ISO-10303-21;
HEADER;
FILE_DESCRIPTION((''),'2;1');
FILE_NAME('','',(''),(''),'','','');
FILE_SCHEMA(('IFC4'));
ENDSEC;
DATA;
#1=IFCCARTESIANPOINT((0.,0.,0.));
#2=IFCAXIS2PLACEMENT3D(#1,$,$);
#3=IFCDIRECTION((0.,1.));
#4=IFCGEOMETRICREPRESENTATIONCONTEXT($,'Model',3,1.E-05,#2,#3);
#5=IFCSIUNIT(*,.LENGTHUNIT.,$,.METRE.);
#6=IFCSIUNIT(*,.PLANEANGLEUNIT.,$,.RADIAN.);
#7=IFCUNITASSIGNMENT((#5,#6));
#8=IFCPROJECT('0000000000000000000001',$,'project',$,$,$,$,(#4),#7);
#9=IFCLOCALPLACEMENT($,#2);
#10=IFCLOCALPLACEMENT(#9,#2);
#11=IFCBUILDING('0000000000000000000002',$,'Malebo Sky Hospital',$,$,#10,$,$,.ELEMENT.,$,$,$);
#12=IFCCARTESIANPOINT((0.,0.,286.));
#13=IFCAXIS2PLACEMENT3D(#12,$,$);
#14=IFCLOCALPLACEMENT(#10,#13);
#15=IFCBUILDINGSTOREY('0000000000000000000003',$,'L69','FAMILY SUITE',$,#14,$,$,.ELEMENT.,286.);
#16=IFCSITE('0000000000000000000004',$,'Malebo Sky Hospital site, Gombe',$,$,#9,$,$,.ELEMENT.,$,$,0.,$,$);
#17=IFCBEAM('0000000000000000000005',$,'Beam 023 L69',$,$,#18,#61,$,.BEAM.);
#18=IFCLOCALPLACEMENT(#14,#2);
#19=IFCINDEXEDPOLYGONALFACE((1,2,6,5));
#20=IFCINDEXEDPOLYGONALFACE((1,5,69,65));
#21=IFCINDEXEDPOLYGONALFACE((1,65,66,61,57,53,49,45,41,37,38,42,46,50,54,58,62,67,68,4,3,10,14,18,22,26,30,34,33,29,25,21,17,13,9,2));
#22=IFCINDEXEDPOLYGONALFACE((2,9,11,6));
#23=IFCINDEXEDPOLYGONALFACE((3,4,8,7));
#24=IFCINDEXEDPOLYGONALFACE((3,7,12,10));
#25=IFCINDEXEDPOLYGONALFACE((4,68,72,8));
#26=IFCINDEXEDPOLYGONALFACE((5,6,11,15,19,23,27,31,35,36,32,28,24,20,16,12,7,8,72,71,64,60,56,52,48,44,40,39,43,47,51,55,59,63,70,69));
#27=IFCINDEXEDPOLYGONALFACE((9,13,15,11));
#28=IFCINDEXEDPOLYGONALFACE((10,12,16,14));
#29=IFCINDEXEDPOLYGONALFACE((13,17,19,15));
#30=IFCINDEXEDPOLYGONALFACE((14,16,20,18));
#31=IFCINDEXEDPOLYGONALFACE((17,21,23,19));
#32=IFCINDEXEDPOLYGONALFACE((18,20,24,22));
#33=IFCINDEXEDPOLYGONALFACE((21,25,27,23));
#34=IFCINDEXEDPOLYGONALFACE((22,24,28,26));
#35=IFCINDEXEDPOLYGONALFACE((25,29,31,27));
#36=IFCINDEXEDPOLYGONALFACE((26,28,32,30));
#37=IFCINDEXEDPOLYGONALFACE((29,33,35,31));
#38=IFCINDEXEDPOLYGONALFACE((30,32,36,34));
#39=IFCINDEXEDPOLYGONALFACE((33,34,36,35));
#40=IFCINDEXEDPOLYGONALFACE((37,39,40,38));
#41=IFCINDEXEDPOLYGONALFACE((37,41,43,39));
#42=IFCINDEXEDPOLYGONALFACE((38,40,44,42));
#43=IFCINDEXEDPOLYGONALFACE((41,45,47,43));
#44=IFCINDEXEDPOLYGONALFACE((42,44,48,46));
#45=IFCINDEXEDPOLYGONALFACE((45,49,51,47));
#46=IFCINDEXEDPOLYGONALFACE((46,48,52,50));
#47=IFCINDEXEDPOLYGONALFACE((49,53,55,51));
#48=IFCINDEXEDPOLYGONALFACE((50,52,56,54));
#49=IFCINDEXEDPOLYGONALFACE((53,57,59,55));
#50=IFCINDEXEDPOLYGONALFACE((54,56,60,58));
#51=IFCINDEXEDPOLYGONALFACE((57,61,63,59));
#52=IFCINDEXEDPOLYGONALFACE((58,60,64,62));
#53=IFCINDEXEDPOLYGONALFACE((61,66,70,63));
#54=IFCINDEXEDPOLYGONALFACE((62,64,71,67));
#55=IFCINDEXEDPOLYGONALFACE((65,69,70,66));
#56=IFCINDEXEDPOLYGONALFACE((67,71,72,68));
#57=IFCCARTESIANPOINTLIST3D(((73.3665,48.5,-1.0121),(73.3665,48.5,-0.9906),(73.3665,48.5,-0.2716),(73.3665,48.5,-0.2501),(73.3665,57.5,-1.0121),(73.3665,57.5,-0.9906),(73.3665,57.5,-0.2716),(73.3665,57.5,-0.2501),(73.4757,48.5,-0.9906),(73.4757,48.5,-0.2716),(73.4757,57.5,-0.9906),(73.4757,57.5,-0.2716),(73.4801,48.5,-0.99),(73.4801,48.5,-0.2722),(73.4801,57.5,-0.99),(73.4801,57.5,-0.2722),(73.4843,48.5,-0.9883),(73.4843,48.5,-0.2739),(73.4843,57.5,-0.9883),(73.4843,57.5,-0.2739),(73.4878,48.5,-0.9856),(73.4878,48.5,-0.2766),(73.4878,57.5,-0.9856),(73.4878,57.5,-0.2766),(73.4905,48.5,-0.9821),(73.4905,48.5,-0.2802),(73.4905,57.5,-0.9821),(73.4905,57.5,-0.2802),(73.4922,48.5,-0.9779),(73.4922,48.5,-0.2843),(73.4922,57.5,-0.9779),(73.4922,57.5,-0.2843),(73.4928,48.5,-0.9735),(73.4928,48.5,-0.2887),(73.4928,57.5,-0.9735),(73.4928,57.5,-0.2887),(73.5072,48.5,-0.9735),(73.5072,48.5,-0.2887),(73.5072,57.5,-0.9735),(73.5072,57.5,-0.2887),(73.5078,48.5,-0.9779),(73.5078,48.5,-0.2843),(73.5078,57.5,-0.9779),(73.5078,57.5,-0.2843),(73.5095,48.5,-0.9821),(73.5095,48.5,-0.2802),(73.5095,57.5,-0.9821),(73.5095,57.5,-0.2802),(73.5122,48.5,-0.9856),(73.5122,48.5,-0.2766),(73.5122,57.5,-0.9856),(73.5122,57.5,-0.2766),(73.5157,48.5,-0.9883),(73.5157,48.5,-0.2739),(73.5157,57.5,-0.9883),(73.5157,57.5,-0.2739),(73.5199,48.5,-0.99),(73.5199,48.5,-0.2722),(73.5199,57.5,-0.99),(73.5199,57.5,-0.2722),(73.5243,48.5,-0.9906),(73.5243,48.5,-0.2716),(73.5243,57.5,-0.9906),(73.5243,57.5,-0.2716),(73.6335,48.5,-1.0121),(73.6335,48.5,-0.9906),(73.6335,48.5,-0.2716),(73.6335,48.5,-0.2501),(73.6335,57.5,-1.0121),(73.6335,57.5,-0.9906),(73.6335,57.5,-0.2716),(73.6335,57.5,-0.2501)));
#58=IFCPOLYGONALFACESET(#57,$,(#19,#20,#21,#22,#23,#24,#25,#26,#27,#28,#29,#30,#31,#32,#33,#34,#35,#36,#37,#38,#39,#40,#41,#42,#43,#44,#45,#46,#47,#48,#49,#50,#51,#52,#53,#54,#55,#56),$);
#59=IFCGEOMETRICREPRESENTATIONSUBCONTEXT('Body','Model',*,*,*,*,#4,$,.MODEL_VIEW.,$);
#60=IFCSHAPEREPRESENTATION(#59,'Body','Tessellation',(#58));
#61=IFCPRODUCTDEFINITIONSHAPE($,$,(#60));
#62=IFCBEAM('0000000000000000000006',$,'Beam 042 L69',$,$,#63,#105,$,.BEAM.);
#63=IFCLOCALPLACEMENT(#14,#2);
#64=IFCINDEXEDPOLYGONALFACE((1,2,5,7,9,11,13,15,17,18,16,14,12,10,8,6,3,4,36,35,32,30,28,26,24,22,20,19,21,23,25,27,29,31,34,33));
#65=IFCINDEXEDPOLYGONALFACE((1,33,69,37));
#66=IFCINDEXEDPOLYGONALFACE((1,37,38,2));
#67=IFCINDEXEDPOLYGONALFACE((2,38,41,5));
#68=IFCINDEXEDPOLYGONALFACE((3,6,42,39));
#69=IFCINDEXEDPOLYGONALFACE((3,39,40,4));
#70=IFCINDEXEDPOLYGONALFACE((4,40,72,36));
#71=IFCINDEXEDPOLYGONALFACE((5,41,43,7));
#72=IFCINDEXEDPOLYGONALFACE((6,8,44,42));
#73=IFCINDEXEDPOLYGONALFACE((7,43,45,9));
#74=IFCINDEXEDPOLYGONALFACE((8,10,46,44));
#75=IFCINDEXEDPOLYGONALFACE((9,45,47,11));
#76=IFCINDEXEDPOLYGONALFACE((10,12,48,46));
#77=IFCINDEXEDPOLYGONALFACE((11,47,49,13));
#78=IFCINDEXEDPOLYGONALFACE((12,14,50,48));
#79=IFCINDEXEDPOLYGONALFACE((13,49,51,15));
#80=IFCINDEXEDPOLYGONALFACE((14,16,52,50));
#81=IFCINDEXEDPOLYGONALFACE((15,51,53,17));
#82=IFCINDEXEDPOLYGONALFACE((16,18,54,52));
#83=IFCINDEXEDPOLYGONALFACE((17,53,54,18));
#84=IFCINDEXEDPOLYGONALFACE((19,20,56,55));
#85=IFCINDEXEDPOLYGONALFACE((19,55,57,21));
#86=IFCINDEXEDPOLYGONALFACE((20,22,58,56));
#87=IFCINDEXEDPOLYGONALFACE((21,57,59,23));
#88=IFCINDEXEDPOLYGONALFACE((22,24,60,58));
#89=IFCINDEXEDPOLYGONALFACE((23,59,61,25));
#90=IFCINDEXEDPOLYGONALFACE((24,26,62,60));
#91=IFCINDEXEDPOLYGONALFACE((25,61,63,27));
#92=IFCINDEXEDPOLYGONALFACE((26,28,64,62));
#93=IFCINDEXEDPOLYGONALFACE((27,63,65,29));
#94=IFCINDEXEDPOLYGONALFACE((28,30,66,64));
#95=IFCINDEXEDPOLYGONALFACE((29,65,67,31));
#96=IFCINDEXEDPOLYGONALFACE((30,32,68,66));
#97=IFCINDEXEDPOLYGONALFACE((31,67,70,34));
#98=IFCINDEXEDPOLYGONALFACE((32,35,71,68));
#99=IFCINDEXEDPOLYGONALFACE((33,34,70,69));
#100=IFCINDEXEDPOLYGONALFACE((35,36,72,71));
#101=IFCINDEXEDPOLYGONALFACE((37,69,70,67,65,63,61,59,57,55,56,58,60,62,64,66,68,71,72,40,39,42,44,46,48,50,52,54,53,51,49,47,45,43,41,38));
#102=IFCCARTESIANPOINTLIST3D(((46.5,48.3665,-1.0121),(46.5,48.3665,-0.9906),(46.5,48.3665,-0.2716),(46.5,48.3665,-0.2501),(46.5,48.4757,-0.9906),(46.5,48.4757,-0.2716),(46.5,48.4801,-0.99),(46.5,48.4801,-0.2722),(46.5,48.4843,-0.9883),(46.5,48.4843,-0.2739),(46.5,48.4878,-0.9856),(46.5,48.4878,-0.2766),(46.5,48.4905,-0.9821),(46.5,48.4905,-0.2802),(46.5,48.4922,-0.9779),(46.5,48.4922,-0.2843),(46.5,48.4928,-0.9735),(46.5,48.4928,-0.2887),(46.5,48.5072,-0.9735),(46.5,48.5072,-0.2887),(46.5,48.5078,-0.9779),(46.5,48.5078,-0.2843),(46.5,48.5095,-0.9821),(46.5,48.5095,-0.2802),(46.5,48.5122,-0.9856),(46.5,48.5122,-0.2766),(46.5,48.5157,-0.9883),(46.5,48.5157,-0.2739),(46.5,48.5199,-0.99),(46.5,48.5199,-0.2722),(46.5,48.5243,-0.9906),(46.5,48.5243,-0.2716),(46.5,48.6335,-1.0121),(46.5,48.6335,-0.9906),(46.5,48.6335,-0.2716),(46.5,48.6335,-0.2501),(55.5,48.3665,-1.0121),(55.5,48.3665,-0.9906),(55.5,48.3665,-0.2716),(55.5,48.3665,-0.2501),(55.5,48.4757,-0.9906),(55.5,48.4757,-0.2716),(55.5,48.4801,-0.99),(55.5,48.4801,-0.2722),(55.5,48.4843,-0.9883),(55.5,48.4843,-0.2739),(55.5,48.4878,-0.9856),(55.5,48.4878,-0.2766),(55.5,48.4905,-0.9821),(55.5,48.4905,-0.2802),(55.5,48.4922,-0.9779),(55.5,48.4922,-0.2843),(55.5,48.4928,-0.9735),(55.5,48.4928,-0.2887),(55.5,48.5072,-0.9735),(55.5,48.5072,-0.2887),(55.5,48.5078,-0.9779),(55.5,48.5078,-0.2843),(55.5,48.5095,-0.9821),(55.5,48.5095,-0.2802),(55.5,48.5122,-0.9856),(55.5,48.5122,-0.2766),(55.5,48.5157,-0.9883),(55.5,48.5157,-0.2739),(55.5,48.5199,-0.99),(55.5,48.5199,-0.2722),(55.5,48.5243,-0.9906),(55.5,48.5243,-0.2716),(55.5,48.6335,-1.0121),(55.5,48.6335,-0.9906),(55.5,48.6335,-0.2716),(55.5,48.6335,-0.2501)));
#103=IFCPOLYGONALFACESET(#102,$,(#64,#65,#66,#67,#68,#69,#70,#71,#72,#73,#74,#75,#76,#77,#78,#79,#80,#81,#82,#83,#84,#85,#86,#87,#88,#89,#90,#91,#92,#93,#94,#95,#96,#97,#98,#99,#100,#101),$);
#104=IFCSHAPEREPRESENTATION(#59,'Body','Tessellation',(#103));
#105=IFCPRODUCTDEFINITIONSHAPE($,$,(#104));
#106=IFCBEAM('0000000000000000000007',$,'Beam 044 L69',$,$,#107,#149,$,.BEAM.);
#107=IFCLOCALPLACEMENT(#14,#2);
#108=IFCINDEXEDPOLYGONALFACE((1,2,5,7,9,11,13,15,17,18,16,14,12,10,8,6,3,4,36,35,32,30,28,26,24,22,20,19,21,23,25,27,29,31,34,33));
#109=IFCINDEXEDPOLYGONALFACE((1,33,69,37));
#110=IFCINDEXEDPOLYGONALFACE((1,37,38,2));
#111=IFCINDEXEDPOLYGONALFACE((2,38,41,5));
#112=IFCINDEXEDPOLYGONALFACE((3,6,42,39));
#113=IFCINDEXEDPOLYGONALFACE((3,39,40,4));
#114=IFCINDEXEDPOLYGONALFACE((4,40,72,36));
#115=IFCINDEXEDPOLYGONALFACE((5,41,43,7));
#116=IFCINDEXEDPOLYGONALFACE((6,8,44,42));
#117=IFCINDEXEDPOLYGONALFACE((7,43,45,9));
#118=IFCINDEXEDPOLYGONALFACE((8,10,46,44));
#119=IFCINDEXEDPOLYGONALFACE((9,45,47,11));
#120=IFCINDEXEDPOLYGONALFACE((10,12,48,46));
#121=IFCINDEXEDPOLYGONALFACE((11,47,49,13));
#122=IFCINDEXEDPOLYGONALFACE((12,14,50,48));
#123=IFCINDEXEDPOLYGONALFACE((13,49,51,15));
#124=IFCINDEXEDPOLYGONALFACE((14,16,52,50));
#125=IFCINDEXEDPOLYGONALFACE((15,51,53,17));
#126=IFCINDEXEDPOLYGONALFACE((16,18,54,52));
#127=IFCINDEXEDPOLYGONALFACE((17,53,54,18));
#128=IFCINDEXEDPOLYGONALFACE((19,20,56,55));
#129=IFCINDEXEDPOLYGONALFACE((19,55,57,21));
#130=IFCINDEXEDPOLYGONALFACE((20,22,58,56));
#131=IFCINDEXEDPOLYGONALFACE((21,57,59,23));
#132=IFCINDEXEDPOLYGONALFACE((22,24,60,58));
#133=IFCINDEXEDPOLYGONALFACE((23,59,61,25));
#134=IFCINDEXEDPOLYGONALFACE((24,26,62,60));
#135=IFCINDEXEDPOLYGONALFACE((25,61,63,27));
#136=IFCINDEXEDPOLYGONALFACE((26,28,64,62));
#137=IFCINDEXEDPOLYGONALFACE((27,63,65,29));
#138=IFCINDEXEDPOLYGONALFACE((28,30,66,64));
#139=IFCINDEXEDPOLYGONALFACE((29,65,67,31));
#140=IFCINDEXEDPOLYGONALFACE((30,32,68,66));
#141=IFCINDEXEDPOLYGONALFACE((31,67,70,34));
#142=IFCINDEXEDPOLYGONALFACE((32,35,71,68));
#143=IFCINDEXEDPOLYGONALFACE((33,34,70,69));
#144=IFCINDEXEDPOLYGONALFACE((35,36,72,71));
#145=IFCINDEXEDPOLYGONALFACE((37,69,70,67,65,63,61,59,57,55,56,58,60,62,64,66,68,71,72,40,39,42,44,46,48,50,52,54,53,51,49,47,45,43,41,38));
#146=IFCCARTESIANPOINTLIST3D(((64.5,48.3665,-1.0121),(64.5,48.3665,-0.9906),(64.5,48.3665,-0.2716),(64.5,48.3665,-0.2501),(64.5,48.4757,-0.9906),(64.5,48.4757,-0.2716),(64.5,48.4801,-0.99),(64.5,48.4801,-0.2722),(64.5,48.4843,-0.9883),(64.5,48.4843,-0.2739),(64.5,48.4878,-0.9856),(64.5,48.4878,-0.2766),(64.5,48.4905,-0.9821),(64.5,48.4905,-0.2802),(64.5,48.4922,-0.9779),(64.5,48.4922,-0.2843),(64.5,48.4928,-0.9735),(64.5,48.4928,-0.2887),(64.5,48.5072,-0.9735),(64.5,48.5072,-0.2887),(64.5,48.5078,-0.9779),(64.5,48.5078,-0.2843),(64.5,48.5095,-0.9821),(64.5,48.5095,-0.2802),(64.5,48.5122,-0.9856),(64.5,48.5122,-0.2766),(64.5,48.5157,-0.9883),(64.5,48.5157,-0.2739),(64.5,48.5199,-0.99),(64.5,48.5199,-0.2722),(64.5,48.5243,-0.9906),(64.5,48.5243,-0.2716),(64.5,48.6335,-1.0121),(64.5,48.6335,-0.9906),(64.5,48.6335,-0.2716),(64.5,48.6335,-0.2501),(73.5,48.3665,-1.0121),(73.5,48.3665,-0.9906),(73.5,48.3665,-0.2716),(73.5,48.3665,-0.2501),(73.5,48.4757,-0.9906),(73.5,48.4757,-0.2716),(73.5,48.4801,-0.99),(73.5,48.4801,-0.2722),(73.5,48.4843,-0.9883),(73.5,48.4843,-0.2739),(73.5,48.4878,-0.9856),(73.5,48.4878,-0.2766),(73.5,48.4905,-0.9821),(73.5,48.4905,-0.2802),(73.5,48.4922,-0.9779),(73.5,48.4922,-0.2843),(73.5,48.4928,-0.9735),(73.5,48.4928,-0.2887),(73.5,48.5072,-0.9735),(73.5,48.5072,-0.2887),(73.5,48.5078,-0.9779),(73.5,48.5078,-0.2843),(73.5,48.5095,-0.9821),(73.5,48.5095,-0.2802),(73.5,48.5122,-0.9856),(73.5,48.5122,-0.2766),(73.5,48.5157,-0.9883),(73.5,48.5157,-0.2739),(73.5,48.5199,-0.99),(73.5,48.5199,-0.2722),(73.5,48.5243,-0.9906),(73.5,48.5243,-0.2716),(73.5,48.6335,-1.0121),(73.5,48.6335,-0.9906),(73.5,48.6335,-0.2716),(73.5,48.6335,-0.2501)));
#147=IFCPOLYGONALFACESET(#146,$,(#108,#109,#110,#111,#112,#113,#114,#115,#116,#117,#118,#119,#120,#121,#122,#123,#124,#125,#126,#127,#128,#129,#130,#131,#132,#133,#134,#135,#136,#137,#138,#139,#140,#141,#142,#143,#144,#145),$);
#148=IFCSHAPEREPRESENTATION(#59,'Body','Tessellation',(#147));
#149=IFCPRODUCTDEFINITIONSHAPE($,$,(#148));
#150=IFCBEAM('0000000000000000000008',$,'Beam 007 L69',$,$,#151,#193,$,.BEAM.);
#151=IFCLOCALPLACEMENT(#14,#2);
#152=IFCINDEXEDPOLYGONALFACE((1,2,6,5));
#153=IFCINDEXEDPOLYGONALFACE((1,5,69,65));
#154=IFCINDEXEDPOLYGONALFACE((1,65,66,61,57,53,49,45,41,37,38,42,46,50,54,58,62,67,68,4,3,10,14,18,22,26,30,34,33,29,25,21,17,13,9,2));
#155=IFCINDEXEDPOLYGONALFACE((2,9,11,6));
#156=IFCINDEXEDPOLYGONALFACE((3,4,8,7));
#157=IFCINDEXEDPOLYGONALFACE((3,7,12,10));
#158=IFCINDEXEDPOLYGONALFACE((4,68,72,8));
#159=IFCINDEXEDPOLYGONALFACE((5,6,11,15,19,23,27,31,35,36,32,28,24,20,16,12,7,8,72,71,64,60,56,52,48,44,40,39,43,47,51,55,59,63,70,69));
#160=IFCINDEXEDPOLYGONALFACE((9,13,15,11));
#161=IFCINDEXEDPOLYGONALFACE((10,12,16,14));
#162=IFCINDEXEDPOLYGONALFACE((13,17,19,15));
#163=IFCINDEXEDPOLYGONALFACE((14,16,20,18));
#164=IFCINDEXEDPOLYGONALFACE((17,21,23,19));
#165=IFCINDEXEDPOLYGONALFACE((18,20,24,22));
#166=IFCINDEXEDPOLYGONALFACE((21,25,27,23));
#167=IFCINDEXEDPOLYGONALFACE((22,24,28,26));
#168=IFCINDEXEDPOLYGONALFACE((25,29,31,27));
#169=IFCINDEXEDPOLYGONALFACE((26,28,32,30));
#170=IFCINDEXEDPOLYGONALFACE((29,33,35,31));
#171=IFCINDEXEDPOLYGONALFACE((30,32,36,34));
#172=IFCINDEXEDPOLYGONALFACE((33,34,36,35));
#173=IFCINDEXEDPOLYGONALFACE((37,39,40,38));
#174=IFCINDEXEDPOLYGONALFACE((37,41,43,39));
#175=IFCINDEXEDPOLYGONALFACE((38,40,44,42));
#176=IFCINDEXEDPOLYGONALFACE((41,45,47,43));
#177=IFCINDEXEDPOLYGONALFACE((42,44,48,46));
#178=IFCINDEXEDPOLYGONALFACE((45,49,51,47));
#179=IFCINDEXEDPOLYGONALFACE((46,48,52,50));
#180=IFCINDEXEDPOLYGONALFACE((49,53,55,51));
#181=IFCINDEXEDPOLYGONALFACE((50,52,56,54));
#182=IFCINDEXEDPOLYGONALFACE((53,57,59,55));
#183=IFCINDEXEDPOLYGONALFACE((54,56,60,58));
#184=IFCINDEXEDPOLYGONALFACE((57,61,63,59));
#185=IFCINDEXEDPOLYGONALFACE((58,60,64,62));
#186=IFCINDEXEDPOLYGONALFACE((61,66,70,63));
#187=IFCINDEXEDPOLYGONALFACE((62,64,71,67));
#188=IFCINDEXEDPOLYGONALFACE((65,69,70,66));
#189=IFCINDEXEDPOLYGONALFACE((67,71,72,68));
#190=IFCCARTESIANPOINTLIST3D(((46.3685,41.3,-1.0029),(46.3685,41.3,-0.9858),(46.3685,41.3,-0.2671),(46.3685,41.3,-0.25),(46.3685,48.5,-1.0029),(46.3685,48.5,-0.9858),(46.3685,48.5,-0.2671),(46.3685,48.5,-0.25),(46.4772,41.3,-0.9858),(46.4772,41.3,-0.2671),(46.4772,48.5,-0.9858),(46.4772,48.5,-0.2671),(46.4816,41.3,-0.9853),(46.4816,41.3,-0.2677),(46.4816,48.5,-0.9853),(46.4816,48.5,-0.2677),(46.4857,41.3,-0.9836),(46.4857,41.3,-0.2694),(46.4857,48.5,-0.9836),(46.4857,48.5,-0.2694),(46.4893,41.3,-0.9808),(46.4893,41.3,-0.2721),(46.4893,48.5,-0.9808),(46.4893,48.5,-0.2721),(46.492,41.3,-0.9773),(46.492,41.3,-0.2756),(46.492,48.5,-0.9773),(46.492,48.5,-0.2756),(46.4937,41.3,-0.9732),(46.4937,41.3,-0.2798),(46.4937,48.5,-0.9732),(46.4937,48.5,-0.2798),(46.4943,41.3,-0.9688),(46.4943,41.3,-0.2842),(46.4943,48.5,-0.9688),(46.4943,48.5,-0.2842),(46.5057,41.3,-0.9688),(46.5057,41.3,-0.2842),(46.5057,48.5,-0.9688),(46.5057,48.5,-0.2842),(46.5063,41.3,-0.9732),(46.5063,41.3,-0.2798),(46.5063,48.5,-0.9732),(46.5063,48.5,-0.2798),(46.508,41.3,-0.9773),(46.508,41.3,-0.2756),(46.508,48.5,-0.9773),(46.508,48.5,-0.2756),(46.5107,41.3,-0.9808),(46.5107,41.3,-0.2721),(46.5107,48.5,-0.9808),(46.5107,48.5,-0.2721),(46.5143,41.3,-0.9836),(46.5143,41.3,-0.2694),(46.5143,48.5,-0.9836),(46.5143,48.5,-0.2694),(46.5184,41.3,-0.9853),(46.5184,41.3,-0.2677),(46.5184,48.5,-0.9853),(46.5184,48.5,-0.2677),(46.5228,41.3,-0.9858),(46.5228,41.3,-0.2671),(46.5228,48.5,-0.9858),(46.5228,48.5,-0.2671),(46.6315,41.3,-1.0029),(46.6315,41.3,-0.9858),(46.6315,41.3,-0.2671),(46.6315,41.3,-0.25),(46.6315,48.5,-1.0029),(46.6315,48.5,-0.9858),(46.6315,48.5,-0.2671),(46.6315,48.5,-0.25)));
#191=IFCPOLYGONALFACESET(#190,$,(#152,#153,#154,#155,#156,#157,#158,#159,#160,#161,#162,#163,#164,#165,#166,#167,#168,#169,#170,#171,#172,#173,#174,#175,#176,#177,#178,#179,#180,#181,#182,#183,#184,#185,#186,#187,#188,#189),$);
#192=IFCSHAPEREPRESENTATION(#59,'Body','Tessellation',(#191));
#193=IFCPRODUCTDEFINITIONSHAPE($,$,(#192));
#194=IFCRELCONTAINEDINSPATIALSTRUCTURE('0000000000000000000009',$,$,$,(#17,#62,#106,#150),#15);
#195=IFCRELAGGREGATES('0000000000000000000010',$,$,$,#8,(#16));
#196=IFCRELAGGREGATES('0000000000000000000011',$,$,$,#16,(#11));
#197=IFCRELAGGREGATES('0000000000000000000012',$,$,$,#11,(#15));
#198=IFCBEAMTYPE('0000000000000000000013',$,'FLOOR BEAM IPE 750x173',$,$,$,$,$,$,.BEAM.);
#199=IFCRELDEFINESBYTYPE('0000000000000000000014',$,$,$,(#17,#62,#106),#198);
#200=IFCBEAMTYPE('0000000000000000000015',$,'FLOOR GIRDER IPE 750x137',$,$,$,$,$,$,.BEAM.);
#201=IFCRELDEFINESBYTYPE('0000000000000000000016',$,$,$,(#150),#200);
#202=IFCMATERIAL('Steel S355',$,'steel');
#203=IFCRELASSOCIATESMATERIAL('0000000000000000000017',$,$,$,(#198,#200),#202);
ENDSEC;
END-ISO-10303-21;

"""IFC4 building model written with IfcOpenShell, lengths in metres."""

from ifc_helpers import new_model, si_unit, direction, frame, origin, origin_2d, place, context, subcontext, project, spatial, i_section, extrude, material, material_profile, profile_set, type_object, element, save


model = new_model("IFC4")

# Units and contexts
model_context = context("Model", 3, precision=1e-05, world=origin(), true_north=direction((0.0, 1.0)))
body_context = subcontext(model_context, "Body", "Model", "MODEL_VIEW")
ifc_project = project(units=[si_unit("LENGTHUNIT", "METRE"), si_unit("PLANEANGLEUNIT", "RADIAN")], contexts=[model_context])

# Site, building, storey
site_placement = place(None, origin())
site = spatial("IfcSite", under=ifc_project, at=site_placement, Name="Malebo Sky Hospital site, Gombe", CompositionType="ELEMENT", RefElevation=0.0)
building_placement = place(site_placement, origin())
building = spatial("IfcBuilding", under=site, at=building_placement, Name="Malebo Sky Hospital", CompositionType="ELEMENT")
storey_placement = place(building_placement, frame((0.0, 0.0, 286.0)))
storey = spatial("IfcBuildingStorey", under=building, at=storey_placement, Name="L69", Description="FAMILY SUITE", CompositionType="ELEMENT", Elevation=286.0)

# Shared definitions
ifc_material_1 = material(Name="Steel S355", Category="steel")

# Beams
ifc_material_profile_1 = material_profile(ifc_material_1, i_section(OverallWidth=0.2671, OverallDepth=0.762, WebThickness=0.0144, FlangeThickness=0.0215, FilletRadius=0.0171, at=origin_2d()), Name="IPE 750x173")
ifc_profile_set_1 = profile_set([ifc_material_profile_1], Name="Steel S355")
beam_type_1 = type_object("IfcBeamType", Name="FLOOR BEAM IPE 750x173", PredefinedType="BEAM", material=ifc_profile_set_1)
for number, where, z_axis, x_axis, name in (
    (1, (73.5, 48.5, -0.6311), (0.0, 1.0, 0.0), (-1.0, 0.0, 0.0), "Beam 023 L69"),
    (2, (46.5, 48.5, -0.6311), (1.0, 0.0, 0.0), (0.0, 1.0, 0.0), "Beam 042 L69"),
    (3, (64.5, 48.5, -0.6311), (1.0, 0.0, 0.0), (0.0, 1.0, 0.0), "Beam 044 L69"),
):
    element("IfcBeam", number, at=place(storey_placement, frame(where, z_axis=z_axis, x_axis=x_axis)), inside=storey, type_object=beam_type_1, Name=name, PredefinedType="BEAM", context=body_context, shape_type="SweptSolid", body=[
        extrude(i_section(OverallWidth=0.2671, OverallDepth=0.762, WebThickness=0.0144, FlangeThickness=0.0215, FilletRadius=0.0171, at=origin_2d()), origin(), (0.0, 0.0, 1.0), 9.0),
    ])
ifc_material_profile_2 = material_profile(ifc_material_1, i_section(OverallWidth=0.2629, OverallDepth=0.7529, WebThickness=0.0115, FlangeThickness=0.0171, FilletRadius=0.0171, at=origin_2d()), Name="IPE 750x137")
ifc_profile_set_2 = profile_set([ifc_material_profile_2], Name="Steel S355")
beam_type_2 = type_object("IfcBeamType", Name="FLOOR GIRDER IPE 750x137", PredefinedType="BEAM", material=ifc_profile_set_2)
for number, where, z_axis, x_axis, name in (
    (4, (46.5, 41.3, -0.6265), (0.0, 1.0, 0.0), (-1.0, 0.0, 0.0), "Beam 007 L69"),
):
    element("IfcBeam", number, at=place(storey_placement, frame(where, z_axis=z_axis, x_axis=x_axis)), inside=storey, type_object=beam_type_2, Name=name, PredefinedType="BEAM", context=body_context, shape_type="SweptSolid", body=[
        extrude(i_section(OverallWidth=0.2629, OverallDepth=0.7529, WebThickness=0.0115, FlangeThickness=0.0171, FilletRadius=0.0171, at=origin_2d()), origin(), (0.0, 0.0, 1.0), 7.2),
    ])

save(model, "model.ifc")
